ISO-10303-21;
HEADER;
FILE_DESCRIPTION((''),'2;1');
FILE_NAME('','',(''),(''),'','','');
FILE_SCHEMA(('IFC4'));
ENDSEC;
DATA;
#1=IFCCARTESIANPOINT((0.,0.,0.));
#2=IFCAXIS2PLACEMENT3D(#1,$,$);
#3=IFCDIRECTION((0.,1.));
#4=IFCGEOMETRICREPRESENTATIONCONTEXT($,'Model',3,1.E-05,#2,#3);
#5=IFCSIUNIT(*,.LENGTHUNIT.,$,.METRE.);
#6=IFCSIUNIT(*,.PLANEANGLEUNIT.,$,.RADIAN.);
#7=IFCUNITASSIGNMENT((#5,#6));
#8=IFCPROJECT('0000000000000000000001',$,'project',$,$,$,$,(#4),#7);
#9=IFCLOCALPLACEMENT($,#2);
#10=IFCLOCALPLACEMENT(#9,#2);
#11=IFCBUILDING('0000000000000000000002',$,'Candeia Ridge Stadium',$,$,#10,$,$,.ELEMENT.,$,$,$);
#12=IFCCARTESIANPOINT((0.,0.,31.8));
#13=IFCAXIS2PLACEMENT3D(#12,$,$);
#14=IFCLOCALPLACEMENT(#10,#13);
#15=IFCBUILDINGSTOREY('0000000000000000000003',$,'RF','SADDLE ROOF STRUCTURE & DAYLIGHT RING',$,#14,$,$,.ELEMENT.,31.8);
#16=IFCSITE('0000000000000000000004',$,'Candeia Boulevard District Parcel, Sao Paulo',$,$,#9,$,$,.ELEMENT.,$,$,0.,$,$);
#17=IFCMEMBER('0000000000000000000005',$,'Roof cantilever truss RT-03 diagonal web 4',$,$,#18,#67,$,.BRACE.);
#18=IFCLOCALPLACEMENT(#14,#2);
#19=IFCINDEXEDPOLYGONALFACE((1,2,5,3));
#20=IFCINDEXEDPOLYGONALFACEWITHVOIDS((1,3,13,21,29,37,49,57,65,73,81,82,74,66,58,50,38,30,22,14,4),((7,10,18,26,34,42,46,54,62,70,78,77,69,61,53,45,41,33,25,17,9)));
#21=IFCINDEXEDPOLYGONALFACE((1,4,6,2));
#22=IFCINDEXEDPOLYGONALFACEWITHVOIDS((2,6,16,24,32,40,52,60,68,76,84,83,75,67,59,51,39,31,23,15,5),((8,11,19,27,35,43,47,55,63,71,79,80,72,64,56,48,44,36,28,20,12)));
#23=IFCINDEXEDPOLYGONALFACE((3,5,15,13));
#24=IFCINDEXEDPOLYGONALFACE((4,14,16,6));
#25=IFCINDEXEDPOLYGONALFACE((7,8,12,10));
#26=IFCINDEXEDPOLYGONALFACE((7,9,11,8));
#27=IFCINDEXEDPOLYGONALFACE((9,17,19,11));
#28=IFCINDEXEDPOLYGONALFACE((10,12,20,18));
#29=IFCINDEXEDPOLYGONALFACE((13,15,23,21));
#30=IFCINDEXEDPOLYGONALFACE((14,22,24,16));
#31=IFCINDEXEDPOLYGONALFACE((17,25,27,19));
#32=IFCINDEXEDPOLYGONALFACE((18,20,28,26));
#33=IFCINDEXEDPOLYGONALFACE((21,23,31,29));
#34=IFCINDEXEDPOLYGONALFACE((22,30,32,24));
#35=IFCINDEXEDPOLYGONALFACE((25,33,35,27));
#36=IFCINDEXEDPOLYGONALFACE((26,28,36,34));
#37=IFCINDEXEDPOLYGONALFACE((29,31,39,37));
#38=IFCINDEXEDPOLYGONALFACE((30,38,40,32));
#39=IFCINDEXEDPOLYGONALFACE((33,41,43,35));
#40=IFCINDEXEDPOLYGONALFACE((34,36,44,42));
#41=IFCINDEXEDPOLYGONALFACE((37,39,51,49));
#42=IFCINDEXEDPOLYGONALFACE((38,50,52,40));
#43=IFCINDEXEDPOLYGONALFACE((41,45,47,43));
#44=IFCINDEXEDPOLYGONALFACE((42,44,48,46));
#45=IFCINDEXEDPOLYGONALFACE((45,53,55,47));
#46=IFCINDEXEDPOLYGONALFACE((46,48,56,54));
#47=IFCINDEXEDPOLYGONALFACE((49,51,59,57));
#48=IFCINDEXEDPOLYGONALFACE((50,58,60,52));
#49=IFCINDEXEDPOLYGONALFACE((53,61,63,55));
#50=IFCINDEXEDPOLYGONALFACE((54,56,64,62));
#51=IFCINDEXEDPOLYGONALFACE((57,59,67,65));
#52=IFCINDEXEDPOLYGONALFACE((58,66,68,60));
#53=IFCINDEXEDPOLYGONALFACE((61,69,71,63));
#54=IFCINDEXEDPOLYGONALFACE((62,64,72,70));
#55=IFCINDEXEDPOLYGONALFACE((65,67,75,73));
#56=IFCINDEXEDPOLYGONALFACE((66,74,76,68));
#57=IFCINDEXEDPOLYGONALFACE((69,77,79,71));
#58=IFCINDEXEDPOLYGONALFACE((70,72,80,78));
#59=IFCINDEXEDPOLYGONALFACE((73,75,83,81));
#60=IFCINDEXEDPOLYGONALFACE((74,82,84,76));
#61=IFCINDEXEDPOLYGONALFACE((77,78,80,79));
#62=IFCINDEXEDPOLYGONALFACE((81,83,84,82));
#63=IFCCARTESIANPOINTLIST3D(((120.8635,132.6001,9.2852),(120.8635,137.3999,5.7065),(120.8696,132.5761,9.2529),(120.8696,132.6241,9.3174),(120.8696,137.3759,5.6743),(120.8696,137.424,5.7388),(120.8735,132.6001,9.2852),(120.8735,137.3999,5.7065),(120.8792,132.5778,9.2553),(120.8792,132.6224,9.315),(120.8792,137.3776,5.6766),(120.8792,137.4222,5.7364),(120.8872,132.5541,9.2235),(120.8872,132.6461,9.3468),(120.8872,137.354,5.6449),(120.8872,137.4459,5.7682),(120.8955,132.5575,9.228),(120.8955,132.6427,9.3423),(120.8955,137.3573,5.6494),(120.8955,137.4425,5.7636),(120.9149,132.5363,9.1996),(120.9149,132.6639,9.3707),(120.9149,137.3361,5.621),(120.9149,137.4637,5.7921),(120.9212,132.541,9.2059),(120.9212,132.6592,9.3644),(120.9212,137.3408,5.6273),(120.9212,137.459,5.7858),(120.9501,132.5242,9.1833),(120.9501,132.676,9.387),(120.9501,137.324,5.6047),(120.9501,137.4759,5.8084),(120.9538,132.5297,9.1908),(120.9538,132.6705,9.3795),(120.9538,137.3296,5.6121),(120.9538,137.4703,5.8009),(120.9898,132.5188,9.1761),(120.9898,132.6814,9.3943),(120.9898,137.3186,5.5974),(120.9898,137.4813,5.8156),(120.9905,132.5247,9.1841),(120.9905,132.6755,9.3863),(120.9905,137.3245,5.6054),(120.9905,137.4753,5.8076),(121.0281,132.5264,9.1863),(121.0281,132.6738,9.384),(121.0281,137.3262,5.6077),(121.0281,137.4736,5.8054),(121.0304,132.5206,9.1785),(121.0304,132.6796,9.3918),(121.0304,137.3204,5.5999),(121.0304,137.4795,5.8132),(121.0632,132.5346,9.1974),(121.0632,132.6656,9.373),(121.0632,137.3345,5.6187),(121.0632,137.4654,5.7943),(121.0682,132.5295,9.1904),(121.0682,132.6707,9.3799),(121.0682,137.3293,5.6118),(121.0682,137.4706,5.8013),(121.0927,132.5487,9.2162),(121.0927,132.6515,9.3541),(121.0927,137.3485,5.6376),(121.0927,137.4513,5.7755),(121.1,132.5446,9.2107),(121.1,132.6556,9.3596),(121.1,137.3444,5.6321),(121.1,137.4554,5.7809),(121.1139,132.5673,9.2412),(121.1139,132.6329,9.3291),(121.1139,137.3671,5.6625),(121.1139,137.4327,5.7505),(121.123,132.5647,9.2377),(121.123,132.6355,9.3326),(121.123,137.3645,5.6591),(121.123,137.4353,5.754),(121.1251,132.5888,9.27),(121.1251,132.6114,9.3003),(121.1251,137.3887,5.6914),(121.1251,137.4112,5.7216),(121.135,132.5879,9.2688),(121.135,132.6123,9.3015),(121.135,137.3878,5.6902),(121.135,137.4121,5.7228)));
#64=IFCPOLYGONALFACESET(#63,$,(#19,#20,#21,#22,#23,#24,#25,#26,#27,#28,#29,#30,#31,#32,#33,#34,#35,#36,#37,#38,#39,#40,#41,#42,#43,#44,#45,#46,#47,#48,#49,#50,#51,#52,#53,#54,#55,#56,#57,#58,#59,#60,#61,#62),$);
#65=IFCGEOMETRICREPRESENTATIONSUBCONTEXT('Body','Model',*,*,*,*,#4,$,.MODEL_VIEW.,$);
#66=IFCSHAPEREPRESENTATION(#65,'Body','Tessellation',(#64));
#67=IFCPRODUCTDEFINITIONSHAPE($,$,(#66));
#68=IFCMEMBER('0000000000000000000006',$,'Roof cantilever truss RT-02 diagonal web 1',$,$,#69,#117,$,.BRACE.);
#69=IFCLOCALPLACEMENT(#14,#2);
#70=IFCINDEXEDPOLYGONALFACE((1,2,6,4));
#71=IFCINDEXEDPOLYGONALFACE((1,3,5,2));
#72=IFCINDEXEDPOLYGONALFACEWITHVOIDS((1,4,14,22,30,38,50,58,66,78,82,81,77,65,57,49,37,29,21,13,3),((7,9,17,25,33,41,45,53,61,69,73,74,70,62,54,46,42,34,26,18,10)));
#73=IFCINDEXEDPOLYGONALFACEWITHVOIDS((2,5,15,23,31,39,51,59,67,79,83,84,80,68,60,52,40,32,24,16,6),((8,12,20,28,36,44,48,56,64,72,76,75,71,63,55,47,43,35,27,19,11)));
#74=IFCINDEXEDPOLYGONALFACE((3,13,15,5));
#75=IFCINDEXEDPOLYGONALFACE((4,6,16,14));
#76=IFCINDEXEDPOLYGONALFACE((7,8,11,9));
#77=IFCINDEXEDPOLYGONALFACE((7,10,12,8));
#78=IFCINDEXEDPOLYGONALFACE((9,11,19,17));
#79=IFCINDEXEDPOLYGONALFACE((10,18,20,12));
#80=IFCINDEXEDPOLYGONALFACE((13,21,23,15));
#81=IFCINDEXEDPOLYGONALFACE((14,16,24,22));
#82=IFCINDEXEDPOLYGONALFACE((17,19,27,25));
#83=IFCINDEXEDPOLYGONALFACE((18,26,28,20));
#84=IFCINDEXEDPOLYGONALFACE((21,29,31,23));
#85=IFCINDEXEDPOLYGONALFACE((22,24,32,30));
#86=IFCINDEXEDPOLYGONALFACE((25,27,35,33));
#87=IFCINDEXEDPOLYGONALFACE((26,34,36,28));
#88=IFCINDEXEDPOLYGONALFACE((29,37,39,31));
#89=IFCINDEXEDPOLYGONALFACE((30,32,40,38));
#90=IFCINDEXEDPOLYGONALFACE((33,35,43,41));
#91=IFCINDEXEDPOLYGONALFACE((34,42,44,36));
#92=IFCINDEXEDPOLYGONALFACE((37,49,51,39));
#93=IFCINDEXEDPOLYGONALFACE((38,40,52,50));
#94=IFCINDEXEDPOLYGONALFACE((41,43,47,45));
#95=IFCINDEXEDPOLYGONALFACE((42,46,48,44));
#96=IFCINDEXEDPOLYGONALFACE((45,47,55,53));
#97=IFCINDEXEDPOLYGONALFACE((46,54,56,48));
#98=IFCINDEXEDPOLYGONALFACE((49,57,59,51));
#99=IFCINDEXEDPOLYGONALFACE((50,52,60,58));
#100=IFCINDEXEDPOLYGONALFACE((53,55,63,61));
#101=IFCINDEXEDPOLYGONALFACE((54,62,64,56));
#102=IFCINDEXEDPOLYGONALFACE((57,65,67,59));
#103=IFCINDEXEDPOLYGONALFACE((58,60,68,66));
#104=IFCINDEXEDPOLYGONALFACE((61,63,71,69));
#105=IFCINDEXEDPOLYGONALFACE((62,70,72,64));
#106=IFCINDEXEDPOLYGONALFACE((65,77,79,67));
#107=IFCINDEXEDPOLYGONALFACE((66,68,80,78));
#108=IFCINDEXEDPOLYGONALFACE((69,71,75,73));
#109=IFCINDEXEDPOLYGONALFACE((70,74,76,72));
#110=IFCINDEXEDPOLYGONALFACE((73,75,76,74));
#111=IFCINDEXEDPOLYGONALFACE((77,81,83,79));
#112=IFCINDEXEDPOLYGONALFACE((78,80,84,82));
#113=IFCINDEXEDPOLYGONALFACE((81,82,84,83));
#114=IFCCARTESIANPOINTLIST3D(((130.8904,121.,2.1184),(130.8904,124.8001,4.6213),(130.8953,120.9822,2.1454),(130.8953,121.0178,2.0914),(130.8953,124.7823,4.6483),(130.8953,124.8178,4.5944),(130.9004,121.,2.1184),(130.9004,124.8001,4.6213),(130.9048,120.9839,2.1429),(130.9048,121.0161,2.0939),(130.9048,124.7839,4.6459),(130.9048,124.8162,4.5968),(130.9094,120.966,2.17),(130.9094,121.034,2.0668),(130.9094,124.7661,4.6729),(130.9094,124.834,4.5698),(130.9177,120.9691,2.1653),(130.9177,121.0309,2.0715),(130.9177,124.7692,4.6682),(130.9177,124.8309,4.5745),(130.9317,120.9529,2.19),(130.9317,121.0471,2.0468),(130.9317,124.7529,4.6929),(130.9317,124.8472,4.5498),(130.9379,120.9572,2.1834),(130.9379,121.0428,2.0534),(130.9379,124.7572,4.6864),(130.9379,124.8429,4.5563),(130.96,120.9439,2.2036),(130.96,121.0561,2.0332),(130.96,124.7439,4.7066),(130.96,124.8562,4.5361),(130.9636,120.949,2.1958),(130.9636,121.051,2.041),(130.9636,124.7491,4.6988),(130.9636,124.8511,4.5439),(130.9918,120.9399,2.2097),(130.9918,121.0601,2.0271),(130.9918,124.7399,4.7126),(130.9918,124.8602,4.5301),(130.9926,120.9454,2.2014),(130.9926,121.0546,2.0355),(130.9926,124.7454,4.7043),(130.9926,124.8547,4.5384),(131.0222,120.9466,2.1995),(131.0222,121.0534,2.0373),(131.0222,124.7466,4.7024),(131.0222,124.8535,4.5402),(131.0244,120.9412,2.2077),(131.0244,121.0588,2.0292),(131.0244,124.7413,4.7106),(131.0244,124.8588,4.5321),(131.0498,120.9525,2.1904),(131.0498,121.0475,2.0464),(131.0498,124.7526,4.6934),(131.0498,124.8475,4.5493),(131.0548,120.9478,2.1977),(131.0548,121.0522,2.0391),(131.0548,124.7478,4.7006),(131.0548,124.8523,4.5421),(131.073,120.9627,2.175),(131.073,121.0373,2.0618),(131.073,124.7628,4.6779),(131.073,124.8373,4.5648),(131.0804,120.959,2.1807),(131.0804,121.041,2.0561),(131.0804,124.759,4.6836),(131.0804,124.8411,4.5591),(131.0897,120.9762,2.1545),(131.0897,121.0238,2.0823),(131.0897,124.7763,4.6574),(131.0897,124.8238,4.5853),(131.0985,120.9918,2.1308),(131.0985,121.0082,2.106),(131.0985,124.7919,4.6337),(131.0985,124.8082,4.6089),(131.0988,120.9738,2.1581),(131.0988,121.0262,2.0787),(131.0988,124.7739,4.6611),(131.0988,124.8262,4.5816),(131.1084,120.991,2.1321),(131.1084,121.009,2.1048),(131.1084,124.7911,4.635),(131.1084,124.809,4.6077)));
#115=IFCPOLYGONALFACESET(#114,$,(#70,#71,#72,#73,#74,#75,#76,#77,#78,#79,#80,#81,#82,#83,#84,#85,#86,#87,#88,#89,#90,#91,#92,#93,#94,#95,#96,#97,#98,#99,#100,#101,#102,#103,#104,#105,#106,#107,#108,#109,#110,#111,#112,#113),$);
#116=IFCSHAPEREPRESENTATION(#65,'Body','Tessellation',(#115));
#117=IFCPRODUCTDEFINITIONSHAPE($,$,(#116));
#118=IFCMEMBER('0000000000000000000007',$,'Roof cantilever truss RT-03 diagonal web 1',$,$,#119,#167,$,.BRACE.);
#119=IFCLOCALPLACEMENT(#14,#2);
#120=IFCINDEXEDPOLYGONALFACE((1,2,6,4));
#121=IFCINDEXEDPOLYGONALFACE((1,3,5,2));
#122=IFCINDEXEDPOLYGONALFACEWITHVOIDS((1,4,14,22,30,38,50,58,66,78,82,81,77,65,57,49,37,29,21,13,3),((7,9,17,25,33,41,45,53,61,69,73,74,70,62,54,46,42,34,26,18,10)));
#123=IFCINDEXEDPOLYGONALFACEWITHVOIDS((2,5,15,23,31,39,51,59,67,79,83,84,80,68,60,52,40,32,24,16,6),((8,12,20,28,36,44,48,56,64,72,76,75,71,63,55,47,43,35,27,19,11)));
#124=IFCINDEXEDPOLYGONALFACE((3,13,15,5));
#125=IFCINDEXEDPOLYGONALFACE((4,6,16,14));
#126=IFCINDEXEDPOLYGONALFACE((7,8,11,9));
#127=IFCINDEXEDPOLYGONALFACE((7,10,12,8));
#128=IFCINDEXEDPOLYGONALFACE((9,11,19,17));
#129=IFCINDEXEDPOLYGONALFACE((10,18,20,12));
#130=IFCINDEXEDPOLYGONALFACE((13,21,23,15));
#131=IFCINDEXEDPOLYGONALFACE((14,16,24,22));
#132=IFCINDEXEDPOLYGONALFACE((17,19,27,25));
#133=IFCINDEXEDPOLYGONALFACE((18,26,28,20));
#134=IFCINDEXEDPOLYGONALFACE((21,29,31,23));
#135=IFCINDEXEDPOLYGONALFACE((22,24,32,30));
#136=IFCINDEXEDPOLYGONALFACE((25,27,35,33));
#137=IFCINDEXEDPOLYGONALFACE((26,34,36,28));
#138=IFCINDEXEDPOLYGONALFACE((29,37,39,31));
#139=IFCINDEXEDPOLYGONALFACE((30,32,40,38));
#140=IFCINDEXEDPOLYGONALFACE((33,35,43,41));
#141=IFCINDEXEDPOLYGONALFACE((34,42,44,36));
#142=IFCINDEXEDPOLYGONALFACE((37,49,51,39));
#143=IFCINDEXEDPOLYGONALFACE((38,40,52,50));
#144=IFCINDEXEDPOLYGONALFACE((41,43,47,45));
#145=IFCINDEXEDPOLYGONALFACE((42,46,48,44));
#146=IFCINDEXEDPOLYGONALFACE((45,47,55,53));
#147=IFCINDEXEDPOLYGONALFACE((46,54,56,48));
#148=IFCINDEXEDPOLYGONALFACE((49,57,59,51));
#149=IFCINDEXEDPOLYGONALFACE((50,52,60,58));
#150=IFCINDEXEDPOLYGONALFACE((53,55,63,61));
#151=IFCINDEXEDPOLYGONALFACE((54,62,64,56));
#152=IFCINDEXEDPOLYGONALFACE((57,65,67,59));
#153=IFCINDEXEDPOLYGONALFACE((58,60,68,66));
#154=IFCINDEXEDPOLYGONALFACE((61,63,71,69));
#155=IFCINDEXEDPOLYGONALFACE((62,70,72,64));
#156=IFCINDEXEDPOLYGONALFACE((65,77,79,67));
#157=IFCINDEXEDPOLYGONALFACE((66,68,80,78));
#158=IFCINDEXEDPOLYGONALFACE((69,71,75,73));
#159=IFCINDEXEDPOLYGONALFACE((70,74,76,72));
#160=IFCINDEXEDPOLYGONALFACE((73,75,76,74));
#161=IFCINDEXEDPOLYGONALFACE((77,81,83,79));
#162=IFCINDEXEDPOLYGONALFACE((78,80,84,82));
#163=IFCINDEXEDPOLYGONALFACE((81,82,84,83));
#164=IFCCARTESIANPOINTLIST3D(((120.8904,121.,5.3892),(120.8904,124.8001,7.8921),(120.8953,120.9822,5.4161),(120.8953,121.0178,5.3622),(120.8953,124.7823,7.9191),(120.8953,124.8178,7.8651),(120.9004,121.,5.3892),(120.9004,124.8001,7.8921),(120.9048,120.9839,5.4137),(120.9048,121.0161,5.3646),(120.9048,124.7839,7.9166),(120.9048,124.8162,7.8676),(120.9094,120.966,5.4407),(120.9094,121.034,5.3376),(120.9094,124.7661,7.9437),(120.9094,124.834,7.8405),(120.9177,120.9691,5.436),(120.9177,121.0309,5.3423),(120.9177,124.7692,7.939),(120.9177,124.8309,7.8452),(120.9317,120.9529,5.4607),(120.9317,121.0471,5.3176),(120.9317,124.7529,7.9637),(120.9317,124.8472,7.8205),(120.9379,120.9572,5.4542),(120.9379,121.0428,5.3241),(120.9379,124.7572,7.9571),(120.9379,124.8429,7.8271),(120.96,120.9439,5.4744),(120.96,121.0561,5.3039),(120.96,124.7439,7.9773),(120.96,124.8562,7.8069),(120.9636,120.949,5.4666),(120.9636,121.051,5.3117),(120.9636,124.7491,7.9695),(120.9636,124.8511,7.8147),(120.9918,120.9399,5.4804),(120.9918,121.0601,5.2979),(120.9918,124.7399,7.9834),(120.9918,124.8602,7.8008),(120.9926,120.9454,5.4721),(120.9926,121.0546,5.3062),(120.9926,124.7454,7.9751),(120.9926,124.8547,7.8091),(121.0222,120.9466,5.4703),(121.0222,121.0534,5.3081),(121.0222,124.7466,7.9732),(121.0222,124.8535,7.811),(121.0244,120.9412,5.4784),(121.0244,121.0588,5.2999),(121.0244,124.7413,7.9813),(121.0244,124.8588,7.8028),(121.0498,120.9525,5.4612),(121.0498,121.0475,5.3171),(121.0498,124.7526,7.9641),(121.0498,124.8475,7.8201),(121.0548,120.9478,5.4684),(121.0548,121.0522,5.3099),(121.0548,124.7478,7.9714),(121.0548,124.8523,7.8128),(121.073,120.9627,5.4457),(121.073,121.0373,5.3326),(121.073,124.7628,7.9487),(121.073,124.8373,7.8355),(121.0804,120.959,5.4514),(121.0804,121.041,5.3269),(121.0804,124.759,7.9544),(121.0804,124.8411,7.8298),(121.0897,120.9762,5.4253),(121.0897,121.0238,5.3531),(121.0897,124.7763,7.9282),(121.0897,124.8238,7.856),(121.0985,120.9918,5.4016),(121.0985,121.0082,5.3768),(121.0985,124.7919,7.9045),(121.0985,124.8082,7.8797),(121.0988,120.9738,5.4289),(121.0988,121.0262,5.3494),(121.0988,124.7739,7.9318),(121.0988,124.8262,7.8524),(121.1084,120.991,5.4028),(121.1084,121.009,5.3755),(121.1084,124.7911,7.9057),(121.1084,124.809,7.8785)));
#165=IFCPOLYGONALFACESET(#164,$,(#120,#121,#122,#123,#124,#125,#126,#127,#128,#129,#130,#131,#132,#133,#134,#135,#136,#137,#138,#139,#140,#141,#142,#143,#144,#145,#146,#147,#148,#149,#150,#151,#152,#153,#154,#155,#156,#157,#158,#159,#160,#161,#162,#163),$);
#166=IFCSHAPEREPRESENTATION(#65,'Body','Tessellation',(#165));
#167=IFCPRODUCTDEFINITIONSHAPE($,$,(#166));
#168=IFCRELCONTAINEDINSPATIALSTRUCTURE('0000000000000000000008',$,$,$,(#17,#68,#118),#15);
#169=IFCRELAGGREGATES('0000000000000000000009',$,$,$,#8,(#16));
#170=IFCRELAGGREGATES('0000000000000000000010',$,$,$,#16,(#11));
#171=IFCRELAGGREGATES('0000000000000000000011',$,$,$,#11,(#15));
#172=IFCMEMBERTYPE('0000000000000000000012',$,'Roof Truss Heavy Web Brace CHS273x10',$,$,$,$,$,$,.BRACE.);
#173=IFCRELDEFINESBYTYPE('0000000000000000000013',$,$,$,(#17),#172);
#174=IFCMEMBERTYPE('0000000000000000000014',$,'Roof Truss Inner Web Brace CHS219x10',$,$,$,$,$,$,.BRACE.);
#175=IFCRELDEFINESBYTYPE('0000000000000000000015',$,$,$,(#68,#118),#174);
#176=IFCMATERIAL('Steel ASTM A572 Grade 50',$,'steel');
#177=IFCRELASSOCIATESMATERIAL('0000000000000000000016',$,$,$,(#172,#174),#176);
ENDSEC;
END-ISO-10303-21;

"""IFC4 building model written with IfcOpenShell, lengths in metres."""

from ifc_helpers import new_model, si_unit, direction, frame, origin, origin_2d, place, context, subcontext, project, spatial, hollow_circle, extrude, material, material_profile, profile_set, type_object, element, save


model = new_model("IFC4")

# Units and contexts
model_context = context("Model", 3, precision=1e-05, world=origin(), true_north=direction((0.0, 1.0)))
body_context = subcontext(model_context, "Body", "Model", "MODEL_VIEW")
ifc_project = project(units=[si_unit("LENGTHUNIT", "METRE"), si_unit("PLANEANGLEUNIT", "RADIAN")], contexts=[model_context])

# Site, building, storey
site_placement = place(None, origin())
site = spatial("IfcSite", under=ifc_project, at=site_placement, Name="Candeia Boulevard District Parcel, Sao Paulo", CompositionType="ELEMENT", RefElevation=0.0)
building_placement = place(site_placement, origin())
building = spatial("IfcBuilding", under=site, at=building_placement, Name="Candeia Ridge Stadium", CompositionType="ELEMENT")
storey_placement = place(building_placement, frame((0.0, 0.0, 31.8)))
storey = spatial("IfcBuildingStorey", under=building, at=storey_placement, Name="RF", Description="SADDLE ROOF STRUCTURE & DAYLIGHT RING", CompositionType="ELEMENT", Elevation=31.8)

# Shared definitions
ifc_material_1 = material(Name="Steel ASTM A572 Grade 50", Category="steel")

# Members
ifc_material_profile_1 = material_profile(ifc_material_1, hollow_circle(Radius=0.1365, WallThickness=0.01, at=origin_2d()), Name="CHS273x10", Category="steel")
ifc_profile_set_1 = profile_set([ifc_material_profile_1], Name="Steel ASTM A572 Grade 50")
member_type_1 = type_object("IfcMemberType", Name="Roof Truss Heavy Web Brace CHS273x10", PredefinedType="BRACE", material=ifc_profile_set_1)
member_1_placement = place(storey_placement, frame((121.0, 132.6001, 9.2852), z_axis=(0.0, 0.8017, -0.597727), x_axis=(-1.0, 0.0, 0.0)))
element("IfcMember", 1, at=member_1_placement, inside=storey, type_object=member_type_1, Name="Roof cantilever truss RT-03 diagonal web 4", PredefinedType="BRACE", context=body_context, shape_type="SweptSolid", body=[
    extrude(hollow_circle(Radius=0.1365, WallThickness=0.01, at=origin_2d()), origin(), (0.0, 0.0, 1.0), 5.9871),
])
ifc_material_profile_2 = material_profile(ifc_material_1, hollow_circle(Radius=0.1096, WallThickness=0.01, at=origin_2d()), Name="CHS219x10", Category="steel")
ifc_profile_set_2 = profile_set([ifc_material_profile_2], Name="Steel ASTM A572 Grade 50")
member_type_2 = type_object("IfcMemberType", Name="Roof Truss Inner Web Brace CHS219x10", PredefinedType="BRACE", material=ifc_profile_set_2)
for number, where, z_axis, x_axis, name in (
    (2, (131.0, 121.0, 2.1184), (0.0, 0.835125, 0.550061), (-1.0, 0.0, 0.0), "Roof cantilever truss RT-02 diagonal web 1"),
    (3, (121.0, 121.0, 5.3892), (0.0, 0.835125, 0.550061), (-1.0, 0.0, 0.0), "Roof cantilever truss RT-03 diagonal web 1"),
):
    element("IfcMember", number, at=place(storey_placement, frame(where, z_axis=z_axis, x_axis=x_axis)), inside=storey, type_object=member_type_2, Name=name, PredefinedType="BRACE", context=body_context, shape_type="SweptSolid", body=[
        extrude(hollow_circle(Radius=0.1096, WallThickness=0.01, at=origin_2d()), origin(), (0.0, 0.0, 1.0), 4.5503),
    ])

save(model, "model.ifc")
